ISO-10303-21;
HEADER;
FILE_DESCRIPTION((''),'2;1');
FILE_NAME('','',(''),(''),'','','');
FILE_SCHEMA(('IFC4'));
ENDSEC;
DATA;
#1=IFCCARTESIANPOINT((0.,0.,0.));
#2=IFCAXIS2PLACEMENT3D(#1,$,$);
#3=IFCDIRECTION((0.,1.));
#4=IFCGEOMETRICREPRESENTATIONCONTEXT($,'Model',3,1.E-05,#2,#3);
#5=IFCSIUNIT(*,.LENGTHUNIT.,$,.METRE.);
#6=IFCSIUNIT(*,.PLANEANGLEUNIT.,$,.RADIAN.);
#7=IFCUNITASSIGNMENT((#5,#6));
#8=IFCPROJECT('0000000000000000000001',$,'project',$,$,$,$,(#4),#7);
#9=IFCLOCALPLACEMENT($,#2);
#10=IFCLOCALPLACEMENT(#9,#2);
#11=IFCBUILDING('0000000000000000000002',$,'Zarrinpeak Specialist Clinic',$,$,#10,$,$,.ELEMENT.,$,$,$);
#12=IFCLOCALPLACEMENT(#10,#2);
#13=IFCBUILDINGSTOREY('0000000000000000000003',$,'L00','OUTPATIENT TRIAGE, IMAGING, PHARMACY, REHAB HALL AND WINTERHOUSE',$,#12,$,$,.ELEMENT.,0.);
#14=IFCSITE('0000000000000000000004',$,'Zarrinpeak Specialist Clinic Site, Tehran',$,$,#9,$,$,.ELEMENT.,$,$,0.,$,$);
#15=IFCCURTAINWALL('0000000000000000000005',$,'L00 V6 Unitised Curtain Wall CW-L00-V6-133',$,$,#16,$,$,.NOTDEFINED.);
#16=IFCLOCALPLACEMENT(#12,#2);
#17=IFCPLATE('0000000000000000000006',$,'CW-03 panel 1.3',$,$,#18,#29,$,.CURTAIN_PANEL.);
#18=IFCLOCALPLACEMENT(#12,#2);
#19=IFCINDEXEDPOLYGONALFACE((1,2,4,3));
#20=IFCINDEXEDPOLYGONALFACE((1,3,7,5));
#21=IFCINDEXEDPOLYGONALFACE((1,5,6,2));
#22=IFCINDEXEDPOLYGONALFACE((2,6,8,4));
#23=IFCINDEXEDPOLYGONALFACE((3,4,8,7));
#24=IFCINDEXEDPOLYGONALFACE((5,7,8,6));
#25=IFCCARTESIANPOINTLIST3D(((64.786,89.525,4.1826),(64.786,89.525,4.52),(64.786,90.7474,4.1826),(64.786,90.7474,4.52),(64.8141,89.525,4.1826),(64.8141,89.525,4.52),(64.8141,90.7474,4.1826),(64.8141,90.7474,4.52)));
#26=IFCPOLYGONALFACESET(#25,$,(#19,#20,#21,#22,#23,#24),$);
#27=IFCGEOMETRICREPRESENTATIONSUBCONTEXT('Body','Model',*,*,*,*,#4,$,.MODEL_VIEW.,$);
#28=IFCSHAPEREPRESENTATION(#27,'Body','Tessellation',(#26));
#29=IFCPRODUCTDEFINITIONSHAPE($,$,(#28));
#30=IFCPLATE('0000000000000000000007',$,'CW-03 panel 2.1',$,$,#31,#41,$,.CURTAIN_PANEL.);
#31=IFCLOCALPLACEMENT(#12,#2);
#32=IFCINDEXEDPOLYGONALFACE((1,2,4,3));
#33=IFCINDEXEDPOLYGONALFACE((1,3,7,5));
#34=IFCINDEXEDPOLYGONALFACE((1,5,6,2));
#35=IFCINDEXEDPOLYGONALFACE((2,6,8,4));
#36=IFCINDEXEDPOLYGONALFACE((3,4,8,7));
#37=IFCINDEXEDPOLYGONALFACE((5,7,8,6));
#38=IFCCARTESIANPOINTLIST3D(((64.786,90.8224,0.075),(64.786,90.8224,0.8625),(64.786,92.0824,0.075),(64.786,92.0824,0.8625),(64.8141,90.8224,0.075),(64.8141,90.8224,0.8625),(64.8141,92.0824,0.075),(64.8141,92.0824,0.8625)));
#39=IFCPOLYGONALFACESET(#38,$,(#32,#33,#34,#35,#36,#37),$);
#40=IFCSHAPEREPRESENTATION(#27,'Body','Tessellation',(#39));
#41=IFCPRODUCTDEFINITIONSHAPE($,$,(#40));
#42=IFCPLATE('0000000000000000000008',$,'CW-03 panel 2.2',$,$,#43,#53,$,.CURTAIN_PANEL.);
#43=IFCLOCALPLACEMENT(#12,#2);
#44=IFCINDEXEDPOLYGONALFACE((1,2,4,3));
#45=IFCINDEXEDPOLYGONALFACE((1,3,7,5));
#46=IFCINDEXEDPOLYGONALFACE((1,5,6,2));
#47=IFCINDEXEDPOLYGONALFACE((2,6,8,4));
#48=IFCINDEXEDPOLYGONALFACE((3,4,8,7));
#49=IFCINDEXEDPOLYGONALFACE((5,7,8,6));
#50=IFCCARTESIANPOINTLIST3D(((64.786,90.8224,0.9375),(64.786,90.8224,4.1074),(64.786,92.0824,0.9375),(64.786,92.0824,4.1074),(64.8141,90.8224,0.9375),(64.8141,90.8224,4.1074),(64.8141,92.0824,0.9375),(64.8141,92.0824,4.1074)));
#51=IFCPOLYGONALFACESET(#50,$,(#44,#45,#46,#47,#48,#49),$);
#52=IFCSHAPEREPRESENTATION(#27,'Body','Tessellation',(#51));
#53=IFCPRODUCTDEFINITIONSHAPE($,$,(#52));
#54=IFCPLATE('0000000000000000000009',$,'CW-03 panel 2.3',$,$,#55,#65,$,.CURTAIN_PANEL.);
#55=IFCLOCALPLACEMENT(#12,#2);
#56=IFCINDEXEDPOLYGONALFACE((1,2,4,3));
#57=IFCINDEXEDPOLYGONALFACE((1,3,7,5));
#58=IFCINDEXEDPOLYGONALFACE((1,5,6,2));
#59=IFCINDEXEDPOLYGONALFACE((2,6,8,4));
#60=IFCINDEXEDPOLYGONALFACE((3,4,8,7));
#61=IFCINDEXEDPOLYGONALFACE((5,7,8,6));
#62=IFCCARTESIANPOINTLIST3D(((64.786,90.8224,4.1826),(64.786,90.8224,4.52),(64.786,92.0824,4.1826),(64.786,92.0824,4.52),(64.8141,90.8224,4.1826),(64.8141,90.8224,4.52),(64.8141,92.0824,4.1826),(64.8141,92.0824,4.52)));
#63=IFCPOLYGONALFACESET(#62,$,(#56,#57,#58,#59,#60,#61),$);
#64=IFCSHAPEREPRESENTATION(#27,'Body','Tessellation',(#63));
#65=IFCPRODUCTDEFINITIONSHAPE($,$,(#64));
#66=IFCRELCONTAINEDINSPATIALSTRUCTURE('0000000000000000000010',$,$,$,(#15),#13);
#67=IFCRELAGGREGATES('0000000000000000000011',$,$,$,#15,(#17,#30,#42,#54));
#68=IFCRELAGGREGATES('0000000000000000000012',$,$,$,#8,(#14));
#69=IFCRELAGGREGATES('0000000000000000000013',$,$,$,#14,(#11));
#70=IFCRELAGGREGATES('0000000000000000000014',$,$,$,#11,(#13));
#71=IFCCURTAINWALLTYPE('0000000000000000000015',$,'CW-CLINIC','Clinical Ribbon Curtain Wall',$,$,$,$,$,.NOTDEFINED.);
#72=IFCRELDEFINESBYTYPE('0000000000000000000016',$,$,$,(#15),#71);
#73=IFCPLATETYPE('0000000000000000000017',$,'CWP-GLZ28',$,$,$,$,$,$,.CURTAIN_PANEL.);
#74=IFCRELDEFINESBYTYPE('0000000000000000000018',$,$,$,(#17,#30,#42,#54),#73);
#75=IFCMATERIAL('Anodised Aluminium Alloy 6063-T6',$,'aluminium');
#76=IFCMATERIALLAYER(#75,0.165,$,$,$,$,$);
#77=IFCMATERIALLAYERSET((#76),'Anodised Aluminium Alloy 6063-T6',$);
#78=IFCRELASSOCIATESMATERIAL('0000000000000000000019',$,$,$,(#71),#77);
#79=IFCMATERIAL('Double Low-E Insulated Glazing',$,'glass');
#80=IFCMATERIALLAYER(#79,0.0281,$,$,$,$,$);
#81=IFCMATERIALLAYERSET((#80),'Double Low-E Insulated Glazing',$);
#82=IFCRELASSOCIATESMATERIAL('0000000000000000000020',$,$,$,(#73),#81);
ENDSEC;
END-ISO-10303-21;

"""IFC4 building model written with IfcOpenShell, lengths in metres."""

from ifc_helpers import new_model, si_unit, direction, frame, origin, origin_2d, place, context, subcontext, project, spatial, rectangle, extrude, material, layer, layer_set, type_object, element, aggregate, save


model = new_model("IFC4")

# Units and contexts
model_context = context("Model", 3, precision=1e-05, world=origin(), true_north=direction((0.0, 1.0)))
body_context = subcontext(model_context, "Body", "Model", "MODEL_VIEW")
ifc_project = project(units=[si_unit("LENGTHUNIT", "METRE"), si_unit("PLANEANGLEUNIT", "RADIAN")], contexts=[model_context])

# Site, building, storey
site_placement = place(None, origin())
site = spatial("IfcSite", under=ifc_project, at=site_placement, Name="Zarrinpeak Specialist Clinic Site, Tehran", CompositionType="ELEMENT", RefElevation=0.0)
building_placement = place(site_placement, origin())
building = spatial("IfcBuilding", under=site, at=building_placement, Name="Zarrinpeak Specialist Clinic", CompositionType="ELEMENT")
storey_placement = place(building_placement, origin())
storey = spatial("IfcBuildingStorey", under=building, at=storey_placement, Name="L00", Description="OUTPATIENT TRIAGE, IMAGING, PHARMACY, REHAB HALL AND WINTERHOUSE", CompositionType="ELEMENT", Elevation=0.0)

# Curtain wall, plates
ifc_material_1 = material(Name="Anodised Aluminium Alloy 6063-T6", Category="aluminium")
ifc_layer_1 = layer(ifc_material_1, 0.165)
ifc_layer_set_1 = layer_set([ifc_layer_1], Name="Anodised Aluminium Alloy 6063-T6")
curtain_wall_type = type_object("IfcCurtainWallType", Name="CW-CLINIC", Description="Clinical Ribbon Curtain Wall", PredefinedType="NOTDEFINED", material=ifc_layer_set_1)
curtain_wall_placement = place(storey_placement, origin())
curtain_wall = element("IfcCurtainWall", 1, at=curtain_wall_placement, inside=storey, type_object=curtain_wall_type, Name="L00 V6 Unitised Curtain Wall CW-L00-V6-133", PredefinedType="NOTDEFINED")
ifc_material_2 = material(Name="Double Low-E Insulated Glazing", Category="glass")
ifc_layer_2 = layer(ifc_material_2, 0.0281)
ifc_layer_set_2 = layer_set([ifc_layer_2], Name="Double Low-E Insulated Glazing")
plate_type = type_object("IfcPlateType", Name="CWP-GLZ28", PredefinedType="CURTAIN_PANEL", material=ifc_layer_set_2)
plate_1_placement = place(storey_placement, frame((64.8, 90.1362, 4.1826), z_axis=(0.0, 0.0, 1.0), x_axis=(0.0, 1.0, 0.0)))
plate_1 = element("IfcPlate", 2, at=plate_1_placement, type_object=plate_type, Name="CW-03 panel 1.3", PredefinedType="CURTAIN_PANEL", context=body_context, shape_type="SweptSolid", body=[
    extrude(rectangle(XDim=1.2224, YDim=0.0281, at=origin_2d()), origin(), (0.0, 0.0, 1.0), 0.3374),
])
plate_2_placement = place(storey_placement, frame((64.8, 91.4524, 0.075), z_axis=(0.0, 0.0, 1.0), x_axis=(0.0, 1.0, 0.0)))
plate_2 = element("IfcPlate", 3, at=plate_2_placement, type_object=plate_type, Name="CW-03 panel 2.1", PredefinedType="CURTAIN_PANEL", context=body_context, shape_type="SweptSolid", body=[
    extrude(rectangle(XDim=1.26, YDim=0.0281, at=origin_2d()), origin(), (0.0, 0.0, 1.0), 0.7876),
])
plate_3_placement = place(storey_placement, frame((64.8, 91.4524, 0.9375), z_axis=(0.0, 0.0, 1.0), x_axis=(0.0, 1.0, 0.0)))
plate_3 = element("IfcPlate", 4, at=plate_3_placement, type_object=plate_type, Name="CW-03 panel 2.2", PredefinedType="CURTAIN_PANEL", context=body_context, shape_type="SweptSolid", body=[
    extrude(rectangle(XDim=1.26, YDim=0.0281, at=origin_2d()), origin(), (0.0, 0.0, 1.0), 3.1699),
])
plate_4_placement = place(storey_placement, frame((64.8, 91.4524, 4.1826), z_axis=(0.0, 0.0, 1.0), x_axis=(0.0, 1.0, 0.0)))
plate_4 = element("IfcPlate", 5, at=plate_4_placement, type_object=plate_type, Name="CW-03 panel 2.3", PredefinedType="CURTAIN_PANEL", context=body_context, shape_type="SweptSolid", body=[
    extrude(rectangle(XDim=1.26, YDim=0.0281, at=origin_2d()), origin(), (0.0, 0.0, 1.0), 0.3374),
])
aggregate(curtain_wall, [plate_1, plate_2, plate_3, plate_4])

save(model, "model.ifc")
